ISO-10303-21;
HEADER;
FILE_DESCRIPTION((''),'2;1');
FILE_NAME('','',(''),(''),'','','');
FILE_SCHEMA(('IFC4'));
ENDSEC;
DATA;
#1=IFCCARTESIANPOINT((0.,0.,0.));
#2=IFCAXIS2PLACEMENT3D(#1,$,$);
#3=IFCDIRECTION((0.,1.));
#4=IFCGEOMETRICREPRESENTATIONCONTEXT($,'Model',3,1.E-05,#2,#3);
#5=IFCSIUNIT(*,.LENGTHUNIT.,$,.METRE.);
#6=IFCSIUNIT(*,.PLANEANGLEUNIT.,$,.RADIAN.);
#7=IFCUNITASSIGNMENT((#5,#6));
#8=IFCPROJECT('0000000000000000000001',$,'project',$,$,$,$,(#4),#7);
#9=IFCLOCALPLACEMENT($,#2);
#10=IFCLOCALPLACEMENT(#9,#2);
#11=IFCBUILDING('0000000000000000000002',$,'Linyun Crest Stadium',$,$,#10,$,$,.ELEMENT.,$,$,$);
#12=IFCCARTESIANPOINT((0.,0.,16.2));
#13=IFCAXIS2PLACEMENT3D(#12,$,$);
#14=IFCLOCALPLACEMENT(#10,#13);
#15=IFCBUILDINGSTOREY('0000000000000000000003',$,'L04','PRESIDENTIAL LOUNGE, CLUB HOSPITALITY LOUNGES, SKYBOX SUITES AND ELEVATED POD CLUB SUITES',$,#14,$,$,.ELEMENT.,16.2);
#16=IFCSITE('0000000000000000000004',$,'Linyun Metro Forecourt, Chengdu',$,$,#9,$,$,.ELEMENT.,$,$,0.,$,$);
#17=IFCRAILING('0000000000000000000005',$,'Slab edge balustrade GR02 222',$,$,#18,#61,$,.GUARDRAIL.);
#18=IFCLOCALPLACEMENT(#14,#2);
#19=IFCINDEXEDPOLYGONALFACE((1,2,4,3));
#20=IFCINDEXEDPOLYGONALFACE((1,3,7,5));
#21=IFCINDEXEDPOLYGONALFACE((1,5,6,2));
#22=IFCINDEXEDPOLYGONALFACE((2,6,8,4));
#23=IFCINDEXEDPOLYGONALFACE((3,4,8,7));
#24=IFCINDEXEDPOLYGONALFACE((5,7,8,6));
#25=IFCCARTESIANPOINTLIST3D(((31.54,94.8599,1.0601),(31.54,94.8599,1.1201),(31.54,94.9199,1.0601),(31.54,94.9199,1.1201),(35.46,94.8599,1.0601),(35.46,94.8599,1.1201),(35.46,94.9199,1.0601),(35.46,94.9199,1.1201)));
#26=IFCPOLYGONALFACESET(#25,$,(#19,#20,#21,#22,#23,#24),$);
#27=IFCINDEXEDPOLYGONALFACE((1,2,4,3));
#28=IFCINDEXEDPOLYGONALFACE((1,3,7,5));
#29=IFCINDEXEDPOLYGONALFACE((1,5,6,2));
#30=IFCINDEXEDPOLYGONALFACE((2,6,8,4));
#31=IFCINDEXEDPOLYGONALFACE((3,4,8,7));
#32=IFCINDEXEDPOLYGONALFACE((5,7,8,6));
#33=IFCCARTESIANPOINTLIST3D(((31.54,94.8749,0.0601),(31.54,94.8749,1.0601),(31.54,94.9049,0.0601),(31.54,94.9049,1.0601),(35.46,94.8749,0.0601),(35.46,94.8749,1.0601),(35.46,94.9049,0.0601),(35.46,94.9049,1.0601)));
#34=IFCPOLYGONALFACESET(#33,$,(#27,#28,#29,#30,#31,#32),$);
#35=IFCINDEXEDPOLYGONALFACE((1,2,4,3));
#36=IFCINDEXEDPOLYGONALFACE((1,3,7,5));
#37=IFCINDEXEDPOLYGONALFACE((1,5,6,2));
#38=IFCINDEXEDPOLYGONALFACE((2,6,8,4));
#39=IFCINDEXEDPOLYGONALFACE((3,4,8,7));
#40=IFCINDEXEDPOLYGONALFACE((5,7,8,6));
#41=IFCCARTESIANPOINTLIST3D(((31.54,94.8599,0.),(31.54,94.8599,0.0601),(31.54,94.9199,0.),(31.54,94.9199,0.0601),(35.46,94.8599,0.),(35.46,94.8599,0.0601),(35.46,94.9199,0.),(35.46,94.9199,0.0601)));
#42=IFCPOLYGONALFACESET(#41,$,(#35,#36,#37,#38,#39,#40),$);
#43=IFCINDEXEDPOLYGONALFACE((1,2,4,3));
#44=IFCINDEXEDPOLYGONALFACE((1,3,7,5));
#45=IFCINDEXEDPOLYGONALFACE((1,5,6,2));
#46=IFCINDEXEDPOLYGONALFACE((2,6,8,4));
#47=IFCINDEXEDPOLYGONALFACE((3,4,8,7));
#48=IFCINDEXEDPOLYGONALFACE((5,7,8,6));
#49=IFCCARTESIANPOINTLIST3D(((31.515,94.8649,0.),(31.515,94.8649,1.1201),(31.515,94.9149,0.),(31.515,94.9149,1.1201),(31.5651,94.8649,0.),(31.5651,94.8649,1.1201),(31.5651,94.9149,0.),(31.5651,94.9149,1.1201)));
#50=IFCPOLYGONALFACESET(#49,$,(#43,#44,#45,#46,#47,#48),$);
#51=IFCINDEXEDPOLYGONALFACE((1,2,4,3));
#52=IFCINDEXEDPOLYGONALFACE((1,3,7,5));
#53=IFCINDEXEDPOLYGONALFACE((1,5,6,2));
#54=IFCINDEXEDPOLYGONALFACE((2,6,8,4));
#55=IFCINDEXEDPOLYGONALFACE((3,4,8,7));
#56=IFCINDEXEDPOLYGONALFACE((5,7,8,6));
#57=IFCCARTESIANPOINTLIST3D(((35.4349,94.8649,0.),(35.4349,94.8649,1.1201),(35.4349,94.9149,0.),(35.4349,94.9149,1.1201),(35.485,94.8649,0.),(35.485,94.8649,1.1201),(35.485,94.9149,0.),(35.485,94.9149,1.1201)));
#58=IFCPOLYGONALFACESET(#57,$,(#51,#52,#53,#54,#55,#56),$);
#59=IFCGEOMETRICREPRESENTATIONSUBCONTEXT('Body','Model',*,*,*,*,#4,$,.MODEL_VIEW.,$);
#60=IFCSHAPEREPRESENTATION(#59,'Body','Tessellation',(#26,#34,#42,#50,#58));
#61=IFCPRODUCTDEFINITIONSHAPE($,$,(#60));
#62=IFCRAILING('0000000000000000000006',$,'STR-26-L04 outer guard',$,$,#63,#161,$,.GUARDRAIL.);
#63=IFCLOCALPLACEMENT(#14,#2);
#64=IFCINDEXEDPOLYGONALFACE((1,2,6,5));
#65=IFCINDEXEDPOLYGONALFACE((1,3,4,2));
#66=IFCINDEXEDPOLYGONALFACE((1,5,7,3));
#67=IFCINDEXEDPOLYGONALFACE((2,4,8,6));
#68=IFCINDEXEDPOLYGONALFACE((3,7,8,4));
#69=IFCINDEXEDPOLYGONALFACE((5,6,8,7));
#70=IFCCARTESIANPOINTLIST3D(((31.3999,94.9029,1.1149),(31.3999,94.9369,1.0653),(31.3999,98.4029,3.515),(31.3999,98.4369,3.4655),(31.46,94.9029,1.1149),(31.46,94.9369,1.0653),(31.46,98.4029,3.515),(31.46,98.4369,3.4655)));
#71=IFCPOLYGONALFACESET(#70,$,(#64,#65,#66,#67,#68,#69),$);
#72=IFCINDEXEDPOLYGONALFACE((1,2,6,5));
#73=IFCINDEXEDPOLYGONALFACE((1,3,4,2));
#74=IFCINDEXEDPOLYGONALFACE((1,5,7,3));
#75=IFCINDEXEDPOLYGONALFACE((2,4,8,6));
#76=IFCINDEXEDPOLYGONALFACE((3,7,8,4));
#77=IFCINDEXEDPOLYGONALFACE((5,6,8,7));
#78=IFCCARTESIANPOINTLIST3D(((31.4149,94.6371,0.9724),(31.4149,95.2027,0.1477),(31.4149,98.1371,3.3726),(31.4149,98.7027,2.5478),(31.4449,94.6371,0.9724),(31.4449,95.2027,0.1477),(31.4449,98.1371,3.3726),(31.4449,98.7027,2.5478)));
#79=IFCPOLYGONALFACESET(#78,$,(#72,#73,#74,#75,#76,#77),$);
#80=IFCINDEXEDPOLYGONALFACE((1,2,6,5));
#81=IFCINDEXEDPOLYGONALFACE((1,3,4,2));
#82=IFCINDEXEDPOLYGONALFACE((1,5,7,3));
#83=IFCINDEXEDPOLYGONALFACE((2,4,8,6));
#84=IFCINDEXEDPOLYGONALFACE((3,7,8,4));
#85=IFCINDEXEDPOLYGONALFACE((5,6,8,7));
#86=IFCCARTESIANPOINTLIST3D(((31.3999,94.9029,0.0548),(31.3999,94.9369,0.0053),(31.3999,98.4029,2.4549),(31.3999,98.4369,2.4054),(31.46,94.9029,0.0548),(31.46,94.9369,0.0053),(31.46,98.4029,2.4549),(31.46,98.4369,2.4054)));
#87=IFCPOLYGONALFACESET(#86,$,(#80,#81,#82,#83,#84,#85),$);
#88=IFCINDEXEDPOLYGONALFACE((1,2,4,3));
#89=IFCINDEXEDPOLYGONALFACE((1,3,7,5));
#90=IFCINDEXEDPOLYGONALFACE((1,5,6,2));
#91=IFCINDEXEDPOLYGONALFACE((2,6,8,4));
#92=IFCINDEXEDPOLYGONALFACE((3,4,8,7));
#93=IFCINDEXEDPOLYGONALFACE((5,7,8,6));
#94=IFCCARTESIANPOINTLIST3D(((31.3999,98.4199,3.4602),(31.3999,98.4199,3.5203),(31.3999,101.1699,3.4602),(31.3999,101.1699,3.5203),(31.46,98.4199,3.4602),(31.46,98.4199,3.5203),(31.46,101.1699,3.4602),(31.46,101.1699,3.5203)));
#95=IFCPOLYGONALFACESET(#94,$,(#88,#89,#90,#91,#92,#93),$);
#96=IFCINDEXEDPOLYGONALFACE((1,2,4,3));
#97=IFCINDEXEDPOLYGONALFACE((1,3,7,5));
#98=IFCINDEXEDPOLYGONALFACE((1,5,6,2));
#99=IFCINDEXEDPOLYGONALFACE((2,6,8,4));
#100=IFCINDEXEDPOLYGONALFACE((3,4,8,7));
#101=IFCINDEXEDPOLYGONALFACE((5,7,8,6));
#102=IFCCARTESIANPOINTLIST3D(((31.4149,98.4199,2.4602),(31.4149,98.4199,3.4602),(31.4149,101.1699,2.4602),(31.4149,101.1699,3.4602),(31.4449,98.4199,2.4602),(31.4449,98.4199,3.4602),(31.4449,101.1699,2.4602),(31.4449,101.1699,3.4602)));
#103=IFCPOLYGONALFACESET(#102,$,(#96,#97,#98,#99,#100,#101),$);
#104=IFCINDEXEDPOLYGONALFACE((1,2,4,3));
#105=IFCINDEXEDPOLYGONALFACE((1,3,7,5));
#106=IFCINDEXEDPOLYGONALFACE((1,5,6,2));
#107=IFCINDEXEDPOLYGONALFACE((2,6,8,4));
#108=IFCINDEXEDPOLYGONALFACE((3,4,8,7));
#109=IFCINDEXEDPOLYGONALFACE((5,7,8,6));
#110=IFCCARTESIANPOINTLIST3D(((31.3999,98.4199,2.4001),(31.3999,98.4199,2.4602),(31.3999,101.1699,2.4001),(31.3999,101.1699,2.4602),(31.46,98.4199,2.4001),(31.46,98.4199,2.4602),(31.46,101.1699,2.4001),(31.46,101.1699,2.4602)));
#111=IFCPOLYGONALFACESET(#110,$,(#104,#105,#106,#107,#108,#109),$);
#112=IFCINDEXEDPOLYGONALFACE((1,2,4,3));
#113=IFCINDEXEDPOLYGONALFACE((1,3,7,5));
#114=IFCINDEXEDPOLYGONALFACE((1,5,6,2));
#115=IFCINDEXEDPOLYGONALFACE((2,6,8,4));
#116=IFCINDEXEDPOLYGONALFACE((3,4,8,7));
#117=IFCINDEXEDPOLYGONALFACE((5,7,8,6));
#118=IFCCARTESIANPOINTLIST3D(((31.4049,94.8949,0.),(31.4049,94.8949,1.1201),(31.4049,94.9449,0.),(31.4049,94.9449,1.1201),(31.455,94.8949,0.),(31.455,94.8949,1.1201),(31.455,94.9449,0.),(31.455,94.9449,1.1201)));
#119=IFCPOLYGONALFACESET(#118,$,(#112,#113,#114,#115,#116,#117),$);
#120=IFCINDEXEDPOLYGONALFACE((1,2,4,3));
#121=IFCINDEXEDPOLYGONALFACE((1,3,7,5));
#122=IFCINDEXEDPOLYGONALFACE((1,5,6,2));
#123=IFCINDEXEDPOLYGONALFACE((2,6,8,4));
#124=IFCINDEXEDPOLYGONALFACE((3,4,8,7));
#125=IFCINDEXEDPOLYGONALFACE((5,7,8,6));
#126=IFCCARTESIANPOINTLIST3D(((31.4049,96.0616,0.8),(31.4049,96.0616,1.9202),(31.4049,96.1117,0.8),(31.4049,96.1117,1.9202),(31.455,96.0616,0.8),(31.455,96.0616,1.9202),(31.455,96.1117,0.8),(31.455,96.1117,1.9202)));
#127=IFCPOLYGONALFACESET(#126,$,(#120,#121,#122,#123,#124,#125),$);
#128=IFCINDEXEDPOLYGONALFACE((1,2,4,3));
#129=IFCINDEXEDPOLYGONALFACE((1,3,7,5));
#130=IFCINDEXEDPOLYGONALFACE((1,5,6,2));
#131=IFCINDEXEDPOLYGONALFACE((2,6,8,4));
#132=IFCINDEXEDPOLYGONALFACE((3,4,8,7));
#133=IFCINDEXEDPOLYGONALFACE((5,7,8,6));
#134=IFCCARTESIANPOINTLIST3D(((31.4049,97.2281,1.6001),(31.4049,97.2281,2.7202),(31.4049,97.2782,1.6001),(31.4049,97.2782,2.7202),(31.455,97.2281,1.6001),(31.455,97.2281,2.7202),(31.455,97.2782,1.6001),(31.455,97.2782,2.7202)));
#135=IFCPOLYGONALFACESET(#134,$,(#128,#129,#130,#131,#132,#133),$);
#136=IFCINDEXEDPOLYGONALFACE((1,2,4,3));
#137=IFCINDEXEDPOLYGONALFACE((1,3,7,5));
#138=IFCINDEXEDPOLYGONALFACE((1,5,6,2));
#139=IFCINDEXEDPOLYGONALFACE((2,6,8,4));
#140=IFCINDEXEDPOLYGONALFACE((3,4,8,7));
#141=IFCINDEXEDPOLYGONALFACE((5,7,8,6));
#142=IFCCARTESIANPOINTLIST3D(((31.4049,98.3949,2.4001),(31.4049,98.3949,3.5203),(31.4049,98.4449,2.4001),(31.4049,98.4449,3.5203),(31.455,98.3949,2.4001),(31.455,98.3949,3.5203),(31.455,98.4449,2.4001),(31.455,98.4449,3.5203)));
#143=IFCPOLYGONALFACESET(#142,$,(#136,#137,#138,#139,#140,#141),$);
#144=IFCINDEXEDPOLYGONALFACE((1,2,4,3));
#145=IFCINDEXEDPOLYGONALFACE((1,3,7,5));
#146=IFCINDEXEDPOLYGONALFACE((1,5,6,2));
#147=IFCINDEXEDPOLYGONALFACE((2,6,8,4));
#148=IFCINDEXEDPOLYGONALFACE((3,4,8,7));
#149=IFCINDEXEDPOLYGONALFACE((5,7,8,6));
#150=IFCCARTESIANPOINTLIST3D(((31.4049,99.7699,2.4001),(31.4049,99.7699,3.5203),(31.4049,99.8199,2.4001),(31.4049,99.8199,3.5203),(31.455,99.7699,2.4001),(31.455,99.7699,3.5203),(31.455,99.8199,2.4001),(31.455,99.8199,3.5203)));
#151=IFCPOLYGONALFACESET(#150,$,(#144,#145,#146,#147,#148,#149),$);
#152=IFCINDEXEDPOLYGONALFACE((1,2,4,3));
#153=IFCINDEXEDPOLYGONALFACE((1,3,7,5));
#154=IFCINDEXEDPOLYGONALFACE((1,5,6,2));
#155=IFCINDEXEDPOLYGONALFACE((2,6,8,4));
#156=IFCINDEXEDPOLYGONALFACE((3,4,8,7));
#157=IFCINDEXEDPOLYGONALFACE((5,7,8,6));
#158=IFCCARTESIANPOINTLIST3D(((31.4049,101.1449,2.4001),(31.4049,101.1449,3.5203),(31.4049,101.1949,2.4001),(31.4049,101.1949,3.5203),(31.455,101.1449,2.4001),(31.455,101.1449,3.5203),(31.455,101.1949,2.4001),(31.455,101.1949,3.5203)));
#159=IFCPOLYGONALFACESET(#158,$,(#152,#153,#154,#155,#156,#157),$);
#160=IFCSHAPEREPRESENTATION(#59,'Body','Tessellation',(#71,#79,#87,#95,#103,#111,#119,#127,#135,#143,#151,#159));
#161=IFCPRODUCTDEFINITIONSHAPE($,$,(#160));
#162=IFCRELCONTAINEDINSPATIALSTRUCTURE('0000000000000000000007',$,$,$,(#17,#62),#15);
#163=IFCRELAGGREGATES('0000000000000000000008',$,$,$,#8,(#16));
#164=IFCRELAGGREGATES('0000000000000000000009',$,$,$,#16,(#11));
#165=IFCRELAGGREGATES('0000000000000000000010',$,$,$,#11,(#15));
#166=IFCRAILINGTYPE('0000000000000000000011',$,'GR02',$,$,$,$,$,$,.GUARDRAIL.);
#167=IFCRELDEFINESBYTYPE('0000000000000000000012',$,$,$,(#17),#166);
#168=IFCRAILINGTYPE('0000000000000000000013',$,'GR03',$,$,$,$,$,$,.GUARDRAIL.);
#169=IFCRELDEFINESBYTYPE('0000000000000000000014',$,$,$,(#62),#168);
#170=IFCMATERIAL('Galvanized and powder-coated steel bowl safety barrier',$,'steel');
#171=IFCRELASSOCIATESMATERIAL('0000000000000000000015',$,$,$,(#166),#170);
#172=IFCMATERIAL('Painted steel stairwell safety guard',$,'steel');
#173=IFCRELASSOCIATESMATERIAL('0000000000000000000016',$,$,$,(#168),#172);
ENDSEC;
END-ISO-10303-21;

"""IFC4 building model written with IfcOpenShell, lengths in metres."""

from ifc_helpers import new_model, si_unit, direction, frame, origin, origin_2d, place, context, subcontext, project, spatial, rectangle, extrude, material, type_object, element, save


model = new_model("IFC4")

# Units and contexts
model_context = context("Model", 3, precision=1e-05, world=origin(), true_north=direction((0.0, 1.0)))
body_context = subcontext(model_context, "Body", "Model", "MODEL_VIEW")
ifc_project = project(units=[si_unit("LENGTHUNIT", "METRE"), si_unit("PLANEANGLEUNIT", "RADIAN")], contexts=[model_context])

# Site, building, storey
site_placement = place(None, origin())
site = spatial("IfcSite", under=ifc_project, at=site_placement, Name="Linyun Metro Forecourt, Chengdu", CompositionType="ELEMENT", RefElevation=0.0)
building_placement = place(site_placement, origin())
building = spatial("IfcBuilding", under=site, at=building_placement, Name="Linyun Crest Stadium", CompositionType="ELEMENT")
storey_placement = place(building_placement, frame((0.0, 0.0, 16.2)))
storey = spatial("IfcBuildingStorey", under=building, at=storey_placement, Name="L04", Description="PRESIDENTIAL LOUNGE, CLUB HOSPITALITY LOUNGES, SKYBOX SUITES AND ELEVATED POD CLUB SUITES", CompositionType="ELEMENT", Elevation=16.2)

# Railings
ifc_material_1 = material(Name="Galvanized and powder-coated steel bowl safety barrier", Category="steel")
railing_type_1 = type_object("IfcRailingType", Name="GR02", PredefinedType="GUARDRAIL", material=ifc_material_1)
railing_1_placement = place(storey_placement, frame((31.54, 94.8899, 0.0)))
element("IfcRailing", 1, at=railing_1_placement, inside=storey, type_object=railing_type_1, Name="Slab edge balustrade GR02 222", PredefinedType="GUARDRAIL", context=body_context, shape_type="SweptSolid", body=[
    extrude(rectangle(XDim=0.0601, YDim=0.0601, at=origin_2d()), frame((0.0, 0.0, 1.0901), z_axis=(1.0, 0.0, 0.0), x_axis=(0.0, 1.0, 0.0)), (0.0, 0.0, 1.0), 3.9199),
    extrude(rectangle(XDim=0.03, YDim=1.0, at=origin_2d()), frame((0.0, 0.0, 0.5601), z_axis=(1.0, 0.0, 0.0), x_axis=(0.0, 1.0, 0.0)), (0.0, 0.0, 1.0), 3.9199),
    extrude(rectangle(XDim=0.0601, YDim=0.0601, at=origin_2d()), frame((0.0, 0.0, 0.03), z_axis=(1.0, 0.0, 0.0), x_axis=(0.0, 1.0, 0.0)), (0.0, 0.0, 1.0), 3.9199),
    extrude(rectangle(XDim=0.05, YDim=0.05, at=origin_2d()), origin(), (0.0, 0.0, 1.0), 1.1201),
    extrude(rectangle(XDim=0.05, YDim=0.05, at=origin_2d()), frame((3.9199, 0.0, 0.0)), (0.0, 0.0, 1.0), 1.1201),
])
ifc_material_2 = material(Name="Painted steel stairwell safety guard", Category="steel")
railing_type_2 = type_object("IfcRailingType", Name="GR03", PredefinedType="GUARDRAIL", material=ifc_material_2)
railing_2_placement = place(storey_placement, frame((31.4299, 94.9199, 0.0)))
element("IfcRailing", 2, at=railing_2_placement, inside=storey, type_object=railing_type_2, Name="STR-26-L04 outer guard", PredefinedType="GUARDRAIL", context=body_context, shape_type="SweptSolid", body=[
    extrude(rectangle(XDim=0.0601, YDim=0.0601, at=origin_2d()), frame((0.0, 0.0, 1.0901), z_axis=(0.0, 0.824713, 0.565552), x_axis=(-1.0, 0.0, 0.0)), (0.0, 0.0, 1.0), 4.2439),
    extrude(rectangle(XDim=0.03, YDim=1.0, at=origin_2d()), frame((0.0, 0.0, 0.5601), z_axis=(0.0, 0.824713, 0.565552), x_axis=(-1.0, 0.0, 0.0)), (0.0, 0.0, 1.0), 4.2439),
    extrude(rectangle(XDim=0.0601, YDim=0.0601, at=origin_2d()), frame((0.0, 0.0, 0.03), z_axis=(0.0, 0.824713, 0.565552), x_axis=(-1.0, 0.0, 0.0)), (0.0, 0.0, 1.0), 4.2439),
    extrude(rectangle(XDim=0.0601, YDim=0.0601, at=origin_2d()), frame((0.0, 3.5, 3.4902), z_axis=(0.0, 1.0, 0.0), x_axis=(-1.0, 0.0, 0.0)), (0.0, 0.0, 1.0), 2.75),
    extrude(rectangle(XDim=0.03, YDim=1.0, at=origin_2d()), frame((0.0, 3.5, 2.9602), z_axis=(0.0, 1.0, 0.0), x_axis=(-1.0, 0.0, 0.0)), (0.0, 0.0, 1.0), 2.75),
    extrude(rectangle(XDim=0.0601, YDim=0.0601, at=origin_2d()), frame((0.0, 3.5, 2.4302), z_axis=(0.0, 1.0, 0.0), x_axis=(-1.0, 0.0, 0.0)), (0.0, 0.0, 1.0), 2.75),
    extrude(rectangle(XDim=0.05, YDim=0.05, at=origin_2d()), origin(), (0.0, 0.0, 1.0), 1.1201),
    extrude(rectangle(XDim=0.05, YDim=0.05, at=origin_2d()), frame((0.0, 1.1667, 0.8)), (0.0, 0.0, 1.0), 1.1201),
    extrude(rectangle(XDim=0.05, YDim=0.05, at=origin_2d()), frame((0.0, 2.3333, 1.6001)), (0.0, 0.0, 1.0), 1.1201),
    extrude(rectangle(XDim=0.05, YDim=0.05, at=origin_2d()), frame((0.0, 3.5, 2.4001)), (0.0, 0.0, 1.0), 1.1201),
    extrude(rectangle(XDim=0.05, YDim=0.05, at=origin_2d()), frame((0.0, 4.875, 2.4001)), (0.0, 0.0, 1.0), 1.1201),
    extrude(rectangle(XDim=0.05, YDim=0.05, at=origin_2d()), frame((0.0, 6.25, 2.4001)), (0.0, 0.0, 1.0), 1.1201),
])

save(model, "model.ifc")
